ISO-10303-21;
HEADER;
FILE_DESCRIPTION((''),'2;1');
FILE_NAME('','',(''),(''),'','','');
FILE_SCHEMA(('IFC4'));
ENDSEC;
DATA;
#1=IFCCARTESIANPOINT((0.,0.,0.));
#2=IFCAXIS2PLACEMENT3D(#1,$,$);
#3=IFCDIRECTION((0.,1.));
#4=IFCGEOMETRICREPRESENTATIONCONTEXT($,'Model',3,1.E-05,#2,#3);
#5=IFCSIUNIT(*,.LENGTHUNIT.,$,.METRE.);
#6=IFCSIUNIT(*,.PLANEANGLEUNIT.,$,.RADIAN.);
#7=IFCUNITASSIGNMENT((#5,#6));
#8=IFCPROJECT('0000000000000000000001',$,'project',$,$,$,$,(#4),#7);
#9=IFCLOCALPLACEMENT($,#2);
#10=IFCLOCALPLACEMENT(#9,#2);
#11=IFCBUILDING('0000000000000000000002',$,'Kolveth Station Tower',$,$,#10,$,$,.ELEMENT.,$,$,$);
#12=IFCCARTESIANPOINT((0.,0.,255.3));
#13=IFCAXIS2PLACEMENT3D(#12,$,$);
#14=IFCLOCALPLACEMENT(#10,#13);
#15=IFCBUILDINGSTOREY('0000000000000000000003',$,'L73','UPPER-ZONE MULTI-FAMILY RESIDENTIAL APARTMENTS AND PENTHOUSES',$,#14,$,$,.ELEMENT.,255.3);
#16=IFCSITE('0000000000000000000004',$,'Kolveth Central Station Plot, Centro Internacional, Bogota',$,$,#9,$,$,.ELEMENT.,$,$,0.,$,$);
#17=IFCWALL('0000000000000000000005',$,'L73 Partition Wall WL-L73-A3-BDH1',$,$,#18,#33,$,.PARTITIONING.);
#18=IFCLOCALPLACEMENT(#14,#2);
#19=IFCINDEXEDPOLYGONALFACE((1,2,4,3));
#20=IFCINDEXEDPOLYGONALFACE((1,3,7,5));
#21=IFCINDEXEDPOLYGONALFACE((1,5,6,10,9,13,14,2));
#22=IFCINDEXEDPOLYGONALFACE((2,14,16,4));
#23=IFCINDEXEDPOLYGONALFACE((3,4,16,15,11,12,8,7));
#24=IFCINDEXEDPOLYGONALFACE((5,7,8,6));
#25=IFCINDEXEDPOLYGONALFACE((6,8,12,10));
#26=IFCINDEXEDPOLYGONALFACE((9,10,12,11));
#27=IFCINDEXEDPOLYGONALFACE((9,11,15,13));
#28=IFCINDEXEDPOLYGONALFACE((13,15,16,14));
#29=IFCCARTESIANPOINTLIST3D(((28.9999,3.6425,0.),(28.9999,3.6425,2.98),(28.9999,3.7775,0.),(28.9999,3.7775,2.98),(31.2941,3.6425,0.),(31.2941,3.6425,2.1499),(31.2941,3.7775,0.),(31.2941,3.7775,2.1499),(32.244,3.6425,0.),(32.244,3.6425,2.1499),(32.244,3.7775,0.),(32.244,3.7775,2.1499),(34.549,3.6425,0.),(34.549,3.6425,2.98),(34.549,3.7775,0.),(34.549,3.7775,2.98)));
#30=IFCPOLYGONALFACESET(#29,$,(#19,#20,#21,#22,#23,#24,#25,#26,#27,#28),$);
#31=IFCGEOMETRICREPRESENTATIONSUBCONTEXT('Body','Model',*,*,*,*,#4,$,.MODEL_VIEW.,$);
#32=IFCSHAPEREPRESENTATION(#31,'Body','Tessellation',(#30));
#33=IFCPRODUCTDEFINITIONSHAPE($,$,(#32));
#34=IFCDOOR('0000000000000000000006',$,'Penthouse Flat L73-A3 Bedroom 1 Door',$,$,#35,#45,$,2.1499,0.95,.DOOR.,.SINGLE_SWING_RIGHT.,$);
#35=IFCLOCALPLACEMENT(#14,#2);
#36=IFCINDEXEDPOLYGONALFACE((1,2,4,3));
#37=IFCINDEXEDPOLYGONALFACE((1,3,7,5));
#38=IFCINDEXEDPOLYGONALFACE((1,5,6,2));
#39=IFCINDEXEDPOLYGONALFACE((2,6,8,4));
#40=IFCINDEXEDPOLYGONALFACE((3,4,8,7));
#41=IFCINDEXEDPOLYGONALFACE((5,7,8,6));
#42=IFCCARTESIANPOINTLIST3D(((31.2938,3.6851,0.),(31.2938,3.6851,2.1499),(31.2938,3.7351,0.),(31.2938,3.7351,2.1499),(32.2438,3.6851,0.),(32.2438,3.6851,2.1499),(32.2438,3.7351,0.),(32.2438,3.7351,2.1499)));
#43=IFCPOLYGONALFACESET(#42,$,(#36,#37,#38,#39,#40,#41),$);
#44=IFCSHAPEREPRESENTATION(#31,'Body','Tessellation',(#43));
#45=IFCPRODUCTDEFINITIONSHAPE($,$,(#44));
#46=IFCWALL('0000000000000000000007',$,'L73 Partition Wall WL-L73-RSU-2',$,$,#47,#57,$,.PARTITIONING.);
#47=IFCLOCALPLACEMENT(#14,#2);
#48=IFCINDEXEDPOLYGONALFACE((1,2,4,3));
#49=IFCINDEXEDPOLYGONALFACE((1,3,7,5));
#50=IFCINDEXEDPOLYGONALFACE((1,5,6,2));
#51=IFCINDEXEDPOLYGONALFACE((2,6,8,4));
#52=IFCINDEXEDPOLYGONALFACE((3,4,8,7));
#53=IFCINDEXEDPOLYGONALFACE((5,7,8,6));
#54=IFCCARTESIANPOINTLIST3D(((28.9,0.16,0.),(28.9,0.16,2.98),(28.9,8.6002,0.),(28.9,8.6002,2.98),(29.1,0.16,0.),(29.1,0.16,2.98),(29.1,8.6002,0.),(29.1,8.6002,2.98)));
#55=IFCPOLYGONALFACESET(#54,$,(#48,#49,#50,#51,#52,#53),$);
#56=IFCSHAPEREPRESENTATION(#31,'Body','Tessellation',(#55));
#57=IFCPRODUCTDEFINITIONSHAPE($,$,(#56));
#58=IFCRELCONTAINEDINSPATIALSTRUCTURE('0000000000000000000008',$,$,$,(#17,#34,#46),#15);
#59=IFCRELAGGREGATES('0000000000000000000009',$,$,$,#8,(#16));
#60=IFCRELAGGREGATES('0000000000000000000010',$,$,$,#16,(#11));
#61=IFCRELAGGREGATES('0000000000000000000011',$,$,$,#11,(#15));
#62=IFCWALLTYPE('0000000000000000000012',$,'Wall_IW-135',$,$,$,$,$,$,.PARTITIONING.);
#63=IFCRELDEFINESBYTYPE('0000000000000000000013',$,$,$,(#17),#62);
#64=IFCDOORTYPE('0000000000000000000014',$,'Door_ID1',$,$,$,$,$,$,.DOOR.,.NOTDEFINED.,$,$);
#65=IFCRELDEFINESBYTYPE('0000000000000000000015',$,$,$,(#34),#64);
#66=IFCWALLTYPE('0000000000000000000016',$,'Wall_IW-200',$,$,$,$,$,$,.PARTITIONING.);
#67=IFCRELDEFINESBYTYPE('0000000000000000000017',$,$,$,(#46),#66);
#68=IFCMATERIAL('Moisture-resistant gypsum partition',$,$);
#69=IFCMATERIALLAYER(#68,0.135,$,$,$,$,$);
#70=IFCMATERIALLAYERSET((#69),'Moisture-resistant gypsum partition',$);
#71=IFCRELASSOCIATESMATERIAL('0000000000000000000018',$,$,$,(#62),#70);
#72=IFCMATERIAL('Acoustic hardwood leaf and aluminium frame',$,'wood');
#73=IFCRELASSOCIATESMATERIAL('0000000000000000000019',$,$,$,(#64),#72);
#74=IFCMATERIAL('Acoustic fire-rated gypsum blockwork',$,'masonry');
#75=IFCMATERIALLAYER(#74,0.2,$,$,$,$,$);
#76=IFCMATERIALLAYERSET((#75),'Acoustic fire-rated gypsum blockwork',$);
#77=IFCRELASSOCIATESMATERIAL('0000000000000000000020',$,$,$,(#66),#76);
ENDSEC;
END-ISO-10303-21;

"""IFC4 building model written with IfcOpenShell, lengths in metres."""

from ifc_helpers import new_model, si_unit, direction, frame, frame_2d, origin, place, context, subcontext, project, spatial, rectangle, extrude, material, layer, layer_set, type_object, element, fill, save


model = new_model("IFC4")

# Units and contexts
model_context = context("Model", 3, precision=1e-05, world=origin(), true_north=direction((0.0, 1.0)))
body_context = subcontext(model_context, "Body", "Model", "MODEL_VIEW")
ifc_project = project(units=[si_unit("LENGTHUNIT", "METRE"), si_unit("PLANEANGLEUNIT", "RADIAN")], contexts=[model_context])

# Site, building, storey
site_placement = place(None, origin())
site = spatial("IfcSite", under=ifc_project, at=site_placement, Name="Kolveth Central Station Plot, Centro Internacional, Bogota", CompositionType="ELEMENT", RefElevation=0.0)
building_placement = place(site_placement, origin())
building = spatial("IfcBuilding", under=site, at=building_placement, Name="Kolveth Station Tower", CompositionType="ELEMENT")
storey_placement = place(building_placement, frame((0.0, 0.0, 255.3)))
storey = spatial("IfcBuildingStorey", under=building, at=storey_placement, Name="L73", Description="UPPER-ZONE MULTI-FAMILY RESIDENTIAL APARTMENTS AND PENTHOUSES", CompositionType="ELEMENT", Elevation=255.3)

# Shared definitions
ifc_material_1 = material(Name="Moisture-resistant gypsum partition")
ifc_layer_1 = layer(ifc_material_1, 0.135)
ifc_layer_set_1 = layer_set([ifc_layer_1], Name="Moisture-resistant gypsum partition")
wall_type_1 = type_object("IfcWallType", Name="Wall_IW-135", PredefinedType="PARTITIONING", material=ifc_layer_set_1)
ifc_material_2 = material(Name="Acoustic hardwood leaf and aluminium frame", Category="wood")
door_type_1 = type_object("IfcDoorType", Name="Door_ID1", OperationType="NOTDEFINED", PredefinedType="DOOR", material=ifc_material_2)

# Wall, opening, door
wall_1_placement = place(storey_placement, frame((29.0, 3.71, 0.0), z_axis=(0.0, 0.0, 1.0), x_axis=(1.0, 0.0, 0.0)))
wall_1 = element("IfcWall", 1, at=wall_1_placement, inside=storey, type_object=wall_type_1, Name="L73 Partition Wall WL-L73-A3-BDH1", PredefinedType="PARTITIONING", context=body_context, shape_type="SweptSolid", body=[
    extrude(rectangle(XDim=5.5491, YDim=0.135, at=frame_2d((2.7744, 0.0))), origin(), (0.0, 0.0, 1.0), 2.98),
])
opening_1_placement = place(wall_1_placement, frame((2.2939, 0.0, 0.0)))
opening_1 = element("IfcOpeningElement", 2, at=opening_1_placement, cuts=wall_1, PredefinedType="OPENING", context=body_context, shape_type="SweptSolid", body=[
    extrude(rectangle(XDim=0.95, YDim=2.1499, at=frame_2d((0.4751, 1.075))), frame((0.0, 0.0774, 0.0), z_axis=(0.0, -1.0, 0.0), x_axis=(1.0, 0.0, 0.0)), (0.0, 0.0, 1.0), 0.155),
])
door_1_placement = place(opening_1_placement, frame((0.95, 0.0, 0.0), z_axis=(0.0, 0.0, 1.0), x_axis=(-1.0, 0.0, 0.0)))
door_1 = element("IfcDoor", 3, at=door_1_placement, inside=storey, type_object=door_type_1, Name="Penthouse Flat L73-A3 Bedroom 1 Door", OperationType="SINGLE_SWING_RIGHT", OverallHeight=2.1499, OverallWidth=0.95, PredefinedType="DOOR", context=body_context, shape_type="SweptSolid", body=[
    extrude(rectangle(XDim=0.95, YDim=2.1499, at=frame_2d((0.4751, 1.075))), frame((0.0, 0.0249, 0.0), z_axis=(0.0, -1.0, 0.0), x_axis=(1.0, 0.0, 0.0)), (0.0, 0.0, 1.0), 0.05),
])
fill(opening_1, door_1)

# Wall
ifc_material_3 = material(Name="Acoustic fire-rated gypsum blockwork", Category="masonry")
ifc_layer_2 = layer(ifc_material_3, 0.2)
ifc_layer_set_2 = layer_set([ifc_layer_2], Name="Acoustic fire-rated gypsum blockwork")
wall_type_2 = type_object("IfcWallType", Name="Wall_IW-200", PredefinedType="PARTITIONING", material=ifc_layer_set_2)
wall_2_placement = place(storey_placement, frame((29.0, 0.1599, 0.0), z_axis=(0.0, 0.0, 1.0), x_axis=(0.0, 1.0, 0.0)))
element("IfcWall", 4, at=wall_2_placement, inside=storey, type_object=wall_type_2, Name="L73 Partition Wall WL-L73-RSU-2", PredefinedType="PARTITIONING", context=body_context, shape_type="SweptSolid", body=[
    extrude(rectangle(XDim=8.4402, YDim=0.2, at=frame_2d((4.2202, 0.0))), origin(), (0.0, 0.0, 1.0), 2.98),
])

save(model, "model.ifc")
